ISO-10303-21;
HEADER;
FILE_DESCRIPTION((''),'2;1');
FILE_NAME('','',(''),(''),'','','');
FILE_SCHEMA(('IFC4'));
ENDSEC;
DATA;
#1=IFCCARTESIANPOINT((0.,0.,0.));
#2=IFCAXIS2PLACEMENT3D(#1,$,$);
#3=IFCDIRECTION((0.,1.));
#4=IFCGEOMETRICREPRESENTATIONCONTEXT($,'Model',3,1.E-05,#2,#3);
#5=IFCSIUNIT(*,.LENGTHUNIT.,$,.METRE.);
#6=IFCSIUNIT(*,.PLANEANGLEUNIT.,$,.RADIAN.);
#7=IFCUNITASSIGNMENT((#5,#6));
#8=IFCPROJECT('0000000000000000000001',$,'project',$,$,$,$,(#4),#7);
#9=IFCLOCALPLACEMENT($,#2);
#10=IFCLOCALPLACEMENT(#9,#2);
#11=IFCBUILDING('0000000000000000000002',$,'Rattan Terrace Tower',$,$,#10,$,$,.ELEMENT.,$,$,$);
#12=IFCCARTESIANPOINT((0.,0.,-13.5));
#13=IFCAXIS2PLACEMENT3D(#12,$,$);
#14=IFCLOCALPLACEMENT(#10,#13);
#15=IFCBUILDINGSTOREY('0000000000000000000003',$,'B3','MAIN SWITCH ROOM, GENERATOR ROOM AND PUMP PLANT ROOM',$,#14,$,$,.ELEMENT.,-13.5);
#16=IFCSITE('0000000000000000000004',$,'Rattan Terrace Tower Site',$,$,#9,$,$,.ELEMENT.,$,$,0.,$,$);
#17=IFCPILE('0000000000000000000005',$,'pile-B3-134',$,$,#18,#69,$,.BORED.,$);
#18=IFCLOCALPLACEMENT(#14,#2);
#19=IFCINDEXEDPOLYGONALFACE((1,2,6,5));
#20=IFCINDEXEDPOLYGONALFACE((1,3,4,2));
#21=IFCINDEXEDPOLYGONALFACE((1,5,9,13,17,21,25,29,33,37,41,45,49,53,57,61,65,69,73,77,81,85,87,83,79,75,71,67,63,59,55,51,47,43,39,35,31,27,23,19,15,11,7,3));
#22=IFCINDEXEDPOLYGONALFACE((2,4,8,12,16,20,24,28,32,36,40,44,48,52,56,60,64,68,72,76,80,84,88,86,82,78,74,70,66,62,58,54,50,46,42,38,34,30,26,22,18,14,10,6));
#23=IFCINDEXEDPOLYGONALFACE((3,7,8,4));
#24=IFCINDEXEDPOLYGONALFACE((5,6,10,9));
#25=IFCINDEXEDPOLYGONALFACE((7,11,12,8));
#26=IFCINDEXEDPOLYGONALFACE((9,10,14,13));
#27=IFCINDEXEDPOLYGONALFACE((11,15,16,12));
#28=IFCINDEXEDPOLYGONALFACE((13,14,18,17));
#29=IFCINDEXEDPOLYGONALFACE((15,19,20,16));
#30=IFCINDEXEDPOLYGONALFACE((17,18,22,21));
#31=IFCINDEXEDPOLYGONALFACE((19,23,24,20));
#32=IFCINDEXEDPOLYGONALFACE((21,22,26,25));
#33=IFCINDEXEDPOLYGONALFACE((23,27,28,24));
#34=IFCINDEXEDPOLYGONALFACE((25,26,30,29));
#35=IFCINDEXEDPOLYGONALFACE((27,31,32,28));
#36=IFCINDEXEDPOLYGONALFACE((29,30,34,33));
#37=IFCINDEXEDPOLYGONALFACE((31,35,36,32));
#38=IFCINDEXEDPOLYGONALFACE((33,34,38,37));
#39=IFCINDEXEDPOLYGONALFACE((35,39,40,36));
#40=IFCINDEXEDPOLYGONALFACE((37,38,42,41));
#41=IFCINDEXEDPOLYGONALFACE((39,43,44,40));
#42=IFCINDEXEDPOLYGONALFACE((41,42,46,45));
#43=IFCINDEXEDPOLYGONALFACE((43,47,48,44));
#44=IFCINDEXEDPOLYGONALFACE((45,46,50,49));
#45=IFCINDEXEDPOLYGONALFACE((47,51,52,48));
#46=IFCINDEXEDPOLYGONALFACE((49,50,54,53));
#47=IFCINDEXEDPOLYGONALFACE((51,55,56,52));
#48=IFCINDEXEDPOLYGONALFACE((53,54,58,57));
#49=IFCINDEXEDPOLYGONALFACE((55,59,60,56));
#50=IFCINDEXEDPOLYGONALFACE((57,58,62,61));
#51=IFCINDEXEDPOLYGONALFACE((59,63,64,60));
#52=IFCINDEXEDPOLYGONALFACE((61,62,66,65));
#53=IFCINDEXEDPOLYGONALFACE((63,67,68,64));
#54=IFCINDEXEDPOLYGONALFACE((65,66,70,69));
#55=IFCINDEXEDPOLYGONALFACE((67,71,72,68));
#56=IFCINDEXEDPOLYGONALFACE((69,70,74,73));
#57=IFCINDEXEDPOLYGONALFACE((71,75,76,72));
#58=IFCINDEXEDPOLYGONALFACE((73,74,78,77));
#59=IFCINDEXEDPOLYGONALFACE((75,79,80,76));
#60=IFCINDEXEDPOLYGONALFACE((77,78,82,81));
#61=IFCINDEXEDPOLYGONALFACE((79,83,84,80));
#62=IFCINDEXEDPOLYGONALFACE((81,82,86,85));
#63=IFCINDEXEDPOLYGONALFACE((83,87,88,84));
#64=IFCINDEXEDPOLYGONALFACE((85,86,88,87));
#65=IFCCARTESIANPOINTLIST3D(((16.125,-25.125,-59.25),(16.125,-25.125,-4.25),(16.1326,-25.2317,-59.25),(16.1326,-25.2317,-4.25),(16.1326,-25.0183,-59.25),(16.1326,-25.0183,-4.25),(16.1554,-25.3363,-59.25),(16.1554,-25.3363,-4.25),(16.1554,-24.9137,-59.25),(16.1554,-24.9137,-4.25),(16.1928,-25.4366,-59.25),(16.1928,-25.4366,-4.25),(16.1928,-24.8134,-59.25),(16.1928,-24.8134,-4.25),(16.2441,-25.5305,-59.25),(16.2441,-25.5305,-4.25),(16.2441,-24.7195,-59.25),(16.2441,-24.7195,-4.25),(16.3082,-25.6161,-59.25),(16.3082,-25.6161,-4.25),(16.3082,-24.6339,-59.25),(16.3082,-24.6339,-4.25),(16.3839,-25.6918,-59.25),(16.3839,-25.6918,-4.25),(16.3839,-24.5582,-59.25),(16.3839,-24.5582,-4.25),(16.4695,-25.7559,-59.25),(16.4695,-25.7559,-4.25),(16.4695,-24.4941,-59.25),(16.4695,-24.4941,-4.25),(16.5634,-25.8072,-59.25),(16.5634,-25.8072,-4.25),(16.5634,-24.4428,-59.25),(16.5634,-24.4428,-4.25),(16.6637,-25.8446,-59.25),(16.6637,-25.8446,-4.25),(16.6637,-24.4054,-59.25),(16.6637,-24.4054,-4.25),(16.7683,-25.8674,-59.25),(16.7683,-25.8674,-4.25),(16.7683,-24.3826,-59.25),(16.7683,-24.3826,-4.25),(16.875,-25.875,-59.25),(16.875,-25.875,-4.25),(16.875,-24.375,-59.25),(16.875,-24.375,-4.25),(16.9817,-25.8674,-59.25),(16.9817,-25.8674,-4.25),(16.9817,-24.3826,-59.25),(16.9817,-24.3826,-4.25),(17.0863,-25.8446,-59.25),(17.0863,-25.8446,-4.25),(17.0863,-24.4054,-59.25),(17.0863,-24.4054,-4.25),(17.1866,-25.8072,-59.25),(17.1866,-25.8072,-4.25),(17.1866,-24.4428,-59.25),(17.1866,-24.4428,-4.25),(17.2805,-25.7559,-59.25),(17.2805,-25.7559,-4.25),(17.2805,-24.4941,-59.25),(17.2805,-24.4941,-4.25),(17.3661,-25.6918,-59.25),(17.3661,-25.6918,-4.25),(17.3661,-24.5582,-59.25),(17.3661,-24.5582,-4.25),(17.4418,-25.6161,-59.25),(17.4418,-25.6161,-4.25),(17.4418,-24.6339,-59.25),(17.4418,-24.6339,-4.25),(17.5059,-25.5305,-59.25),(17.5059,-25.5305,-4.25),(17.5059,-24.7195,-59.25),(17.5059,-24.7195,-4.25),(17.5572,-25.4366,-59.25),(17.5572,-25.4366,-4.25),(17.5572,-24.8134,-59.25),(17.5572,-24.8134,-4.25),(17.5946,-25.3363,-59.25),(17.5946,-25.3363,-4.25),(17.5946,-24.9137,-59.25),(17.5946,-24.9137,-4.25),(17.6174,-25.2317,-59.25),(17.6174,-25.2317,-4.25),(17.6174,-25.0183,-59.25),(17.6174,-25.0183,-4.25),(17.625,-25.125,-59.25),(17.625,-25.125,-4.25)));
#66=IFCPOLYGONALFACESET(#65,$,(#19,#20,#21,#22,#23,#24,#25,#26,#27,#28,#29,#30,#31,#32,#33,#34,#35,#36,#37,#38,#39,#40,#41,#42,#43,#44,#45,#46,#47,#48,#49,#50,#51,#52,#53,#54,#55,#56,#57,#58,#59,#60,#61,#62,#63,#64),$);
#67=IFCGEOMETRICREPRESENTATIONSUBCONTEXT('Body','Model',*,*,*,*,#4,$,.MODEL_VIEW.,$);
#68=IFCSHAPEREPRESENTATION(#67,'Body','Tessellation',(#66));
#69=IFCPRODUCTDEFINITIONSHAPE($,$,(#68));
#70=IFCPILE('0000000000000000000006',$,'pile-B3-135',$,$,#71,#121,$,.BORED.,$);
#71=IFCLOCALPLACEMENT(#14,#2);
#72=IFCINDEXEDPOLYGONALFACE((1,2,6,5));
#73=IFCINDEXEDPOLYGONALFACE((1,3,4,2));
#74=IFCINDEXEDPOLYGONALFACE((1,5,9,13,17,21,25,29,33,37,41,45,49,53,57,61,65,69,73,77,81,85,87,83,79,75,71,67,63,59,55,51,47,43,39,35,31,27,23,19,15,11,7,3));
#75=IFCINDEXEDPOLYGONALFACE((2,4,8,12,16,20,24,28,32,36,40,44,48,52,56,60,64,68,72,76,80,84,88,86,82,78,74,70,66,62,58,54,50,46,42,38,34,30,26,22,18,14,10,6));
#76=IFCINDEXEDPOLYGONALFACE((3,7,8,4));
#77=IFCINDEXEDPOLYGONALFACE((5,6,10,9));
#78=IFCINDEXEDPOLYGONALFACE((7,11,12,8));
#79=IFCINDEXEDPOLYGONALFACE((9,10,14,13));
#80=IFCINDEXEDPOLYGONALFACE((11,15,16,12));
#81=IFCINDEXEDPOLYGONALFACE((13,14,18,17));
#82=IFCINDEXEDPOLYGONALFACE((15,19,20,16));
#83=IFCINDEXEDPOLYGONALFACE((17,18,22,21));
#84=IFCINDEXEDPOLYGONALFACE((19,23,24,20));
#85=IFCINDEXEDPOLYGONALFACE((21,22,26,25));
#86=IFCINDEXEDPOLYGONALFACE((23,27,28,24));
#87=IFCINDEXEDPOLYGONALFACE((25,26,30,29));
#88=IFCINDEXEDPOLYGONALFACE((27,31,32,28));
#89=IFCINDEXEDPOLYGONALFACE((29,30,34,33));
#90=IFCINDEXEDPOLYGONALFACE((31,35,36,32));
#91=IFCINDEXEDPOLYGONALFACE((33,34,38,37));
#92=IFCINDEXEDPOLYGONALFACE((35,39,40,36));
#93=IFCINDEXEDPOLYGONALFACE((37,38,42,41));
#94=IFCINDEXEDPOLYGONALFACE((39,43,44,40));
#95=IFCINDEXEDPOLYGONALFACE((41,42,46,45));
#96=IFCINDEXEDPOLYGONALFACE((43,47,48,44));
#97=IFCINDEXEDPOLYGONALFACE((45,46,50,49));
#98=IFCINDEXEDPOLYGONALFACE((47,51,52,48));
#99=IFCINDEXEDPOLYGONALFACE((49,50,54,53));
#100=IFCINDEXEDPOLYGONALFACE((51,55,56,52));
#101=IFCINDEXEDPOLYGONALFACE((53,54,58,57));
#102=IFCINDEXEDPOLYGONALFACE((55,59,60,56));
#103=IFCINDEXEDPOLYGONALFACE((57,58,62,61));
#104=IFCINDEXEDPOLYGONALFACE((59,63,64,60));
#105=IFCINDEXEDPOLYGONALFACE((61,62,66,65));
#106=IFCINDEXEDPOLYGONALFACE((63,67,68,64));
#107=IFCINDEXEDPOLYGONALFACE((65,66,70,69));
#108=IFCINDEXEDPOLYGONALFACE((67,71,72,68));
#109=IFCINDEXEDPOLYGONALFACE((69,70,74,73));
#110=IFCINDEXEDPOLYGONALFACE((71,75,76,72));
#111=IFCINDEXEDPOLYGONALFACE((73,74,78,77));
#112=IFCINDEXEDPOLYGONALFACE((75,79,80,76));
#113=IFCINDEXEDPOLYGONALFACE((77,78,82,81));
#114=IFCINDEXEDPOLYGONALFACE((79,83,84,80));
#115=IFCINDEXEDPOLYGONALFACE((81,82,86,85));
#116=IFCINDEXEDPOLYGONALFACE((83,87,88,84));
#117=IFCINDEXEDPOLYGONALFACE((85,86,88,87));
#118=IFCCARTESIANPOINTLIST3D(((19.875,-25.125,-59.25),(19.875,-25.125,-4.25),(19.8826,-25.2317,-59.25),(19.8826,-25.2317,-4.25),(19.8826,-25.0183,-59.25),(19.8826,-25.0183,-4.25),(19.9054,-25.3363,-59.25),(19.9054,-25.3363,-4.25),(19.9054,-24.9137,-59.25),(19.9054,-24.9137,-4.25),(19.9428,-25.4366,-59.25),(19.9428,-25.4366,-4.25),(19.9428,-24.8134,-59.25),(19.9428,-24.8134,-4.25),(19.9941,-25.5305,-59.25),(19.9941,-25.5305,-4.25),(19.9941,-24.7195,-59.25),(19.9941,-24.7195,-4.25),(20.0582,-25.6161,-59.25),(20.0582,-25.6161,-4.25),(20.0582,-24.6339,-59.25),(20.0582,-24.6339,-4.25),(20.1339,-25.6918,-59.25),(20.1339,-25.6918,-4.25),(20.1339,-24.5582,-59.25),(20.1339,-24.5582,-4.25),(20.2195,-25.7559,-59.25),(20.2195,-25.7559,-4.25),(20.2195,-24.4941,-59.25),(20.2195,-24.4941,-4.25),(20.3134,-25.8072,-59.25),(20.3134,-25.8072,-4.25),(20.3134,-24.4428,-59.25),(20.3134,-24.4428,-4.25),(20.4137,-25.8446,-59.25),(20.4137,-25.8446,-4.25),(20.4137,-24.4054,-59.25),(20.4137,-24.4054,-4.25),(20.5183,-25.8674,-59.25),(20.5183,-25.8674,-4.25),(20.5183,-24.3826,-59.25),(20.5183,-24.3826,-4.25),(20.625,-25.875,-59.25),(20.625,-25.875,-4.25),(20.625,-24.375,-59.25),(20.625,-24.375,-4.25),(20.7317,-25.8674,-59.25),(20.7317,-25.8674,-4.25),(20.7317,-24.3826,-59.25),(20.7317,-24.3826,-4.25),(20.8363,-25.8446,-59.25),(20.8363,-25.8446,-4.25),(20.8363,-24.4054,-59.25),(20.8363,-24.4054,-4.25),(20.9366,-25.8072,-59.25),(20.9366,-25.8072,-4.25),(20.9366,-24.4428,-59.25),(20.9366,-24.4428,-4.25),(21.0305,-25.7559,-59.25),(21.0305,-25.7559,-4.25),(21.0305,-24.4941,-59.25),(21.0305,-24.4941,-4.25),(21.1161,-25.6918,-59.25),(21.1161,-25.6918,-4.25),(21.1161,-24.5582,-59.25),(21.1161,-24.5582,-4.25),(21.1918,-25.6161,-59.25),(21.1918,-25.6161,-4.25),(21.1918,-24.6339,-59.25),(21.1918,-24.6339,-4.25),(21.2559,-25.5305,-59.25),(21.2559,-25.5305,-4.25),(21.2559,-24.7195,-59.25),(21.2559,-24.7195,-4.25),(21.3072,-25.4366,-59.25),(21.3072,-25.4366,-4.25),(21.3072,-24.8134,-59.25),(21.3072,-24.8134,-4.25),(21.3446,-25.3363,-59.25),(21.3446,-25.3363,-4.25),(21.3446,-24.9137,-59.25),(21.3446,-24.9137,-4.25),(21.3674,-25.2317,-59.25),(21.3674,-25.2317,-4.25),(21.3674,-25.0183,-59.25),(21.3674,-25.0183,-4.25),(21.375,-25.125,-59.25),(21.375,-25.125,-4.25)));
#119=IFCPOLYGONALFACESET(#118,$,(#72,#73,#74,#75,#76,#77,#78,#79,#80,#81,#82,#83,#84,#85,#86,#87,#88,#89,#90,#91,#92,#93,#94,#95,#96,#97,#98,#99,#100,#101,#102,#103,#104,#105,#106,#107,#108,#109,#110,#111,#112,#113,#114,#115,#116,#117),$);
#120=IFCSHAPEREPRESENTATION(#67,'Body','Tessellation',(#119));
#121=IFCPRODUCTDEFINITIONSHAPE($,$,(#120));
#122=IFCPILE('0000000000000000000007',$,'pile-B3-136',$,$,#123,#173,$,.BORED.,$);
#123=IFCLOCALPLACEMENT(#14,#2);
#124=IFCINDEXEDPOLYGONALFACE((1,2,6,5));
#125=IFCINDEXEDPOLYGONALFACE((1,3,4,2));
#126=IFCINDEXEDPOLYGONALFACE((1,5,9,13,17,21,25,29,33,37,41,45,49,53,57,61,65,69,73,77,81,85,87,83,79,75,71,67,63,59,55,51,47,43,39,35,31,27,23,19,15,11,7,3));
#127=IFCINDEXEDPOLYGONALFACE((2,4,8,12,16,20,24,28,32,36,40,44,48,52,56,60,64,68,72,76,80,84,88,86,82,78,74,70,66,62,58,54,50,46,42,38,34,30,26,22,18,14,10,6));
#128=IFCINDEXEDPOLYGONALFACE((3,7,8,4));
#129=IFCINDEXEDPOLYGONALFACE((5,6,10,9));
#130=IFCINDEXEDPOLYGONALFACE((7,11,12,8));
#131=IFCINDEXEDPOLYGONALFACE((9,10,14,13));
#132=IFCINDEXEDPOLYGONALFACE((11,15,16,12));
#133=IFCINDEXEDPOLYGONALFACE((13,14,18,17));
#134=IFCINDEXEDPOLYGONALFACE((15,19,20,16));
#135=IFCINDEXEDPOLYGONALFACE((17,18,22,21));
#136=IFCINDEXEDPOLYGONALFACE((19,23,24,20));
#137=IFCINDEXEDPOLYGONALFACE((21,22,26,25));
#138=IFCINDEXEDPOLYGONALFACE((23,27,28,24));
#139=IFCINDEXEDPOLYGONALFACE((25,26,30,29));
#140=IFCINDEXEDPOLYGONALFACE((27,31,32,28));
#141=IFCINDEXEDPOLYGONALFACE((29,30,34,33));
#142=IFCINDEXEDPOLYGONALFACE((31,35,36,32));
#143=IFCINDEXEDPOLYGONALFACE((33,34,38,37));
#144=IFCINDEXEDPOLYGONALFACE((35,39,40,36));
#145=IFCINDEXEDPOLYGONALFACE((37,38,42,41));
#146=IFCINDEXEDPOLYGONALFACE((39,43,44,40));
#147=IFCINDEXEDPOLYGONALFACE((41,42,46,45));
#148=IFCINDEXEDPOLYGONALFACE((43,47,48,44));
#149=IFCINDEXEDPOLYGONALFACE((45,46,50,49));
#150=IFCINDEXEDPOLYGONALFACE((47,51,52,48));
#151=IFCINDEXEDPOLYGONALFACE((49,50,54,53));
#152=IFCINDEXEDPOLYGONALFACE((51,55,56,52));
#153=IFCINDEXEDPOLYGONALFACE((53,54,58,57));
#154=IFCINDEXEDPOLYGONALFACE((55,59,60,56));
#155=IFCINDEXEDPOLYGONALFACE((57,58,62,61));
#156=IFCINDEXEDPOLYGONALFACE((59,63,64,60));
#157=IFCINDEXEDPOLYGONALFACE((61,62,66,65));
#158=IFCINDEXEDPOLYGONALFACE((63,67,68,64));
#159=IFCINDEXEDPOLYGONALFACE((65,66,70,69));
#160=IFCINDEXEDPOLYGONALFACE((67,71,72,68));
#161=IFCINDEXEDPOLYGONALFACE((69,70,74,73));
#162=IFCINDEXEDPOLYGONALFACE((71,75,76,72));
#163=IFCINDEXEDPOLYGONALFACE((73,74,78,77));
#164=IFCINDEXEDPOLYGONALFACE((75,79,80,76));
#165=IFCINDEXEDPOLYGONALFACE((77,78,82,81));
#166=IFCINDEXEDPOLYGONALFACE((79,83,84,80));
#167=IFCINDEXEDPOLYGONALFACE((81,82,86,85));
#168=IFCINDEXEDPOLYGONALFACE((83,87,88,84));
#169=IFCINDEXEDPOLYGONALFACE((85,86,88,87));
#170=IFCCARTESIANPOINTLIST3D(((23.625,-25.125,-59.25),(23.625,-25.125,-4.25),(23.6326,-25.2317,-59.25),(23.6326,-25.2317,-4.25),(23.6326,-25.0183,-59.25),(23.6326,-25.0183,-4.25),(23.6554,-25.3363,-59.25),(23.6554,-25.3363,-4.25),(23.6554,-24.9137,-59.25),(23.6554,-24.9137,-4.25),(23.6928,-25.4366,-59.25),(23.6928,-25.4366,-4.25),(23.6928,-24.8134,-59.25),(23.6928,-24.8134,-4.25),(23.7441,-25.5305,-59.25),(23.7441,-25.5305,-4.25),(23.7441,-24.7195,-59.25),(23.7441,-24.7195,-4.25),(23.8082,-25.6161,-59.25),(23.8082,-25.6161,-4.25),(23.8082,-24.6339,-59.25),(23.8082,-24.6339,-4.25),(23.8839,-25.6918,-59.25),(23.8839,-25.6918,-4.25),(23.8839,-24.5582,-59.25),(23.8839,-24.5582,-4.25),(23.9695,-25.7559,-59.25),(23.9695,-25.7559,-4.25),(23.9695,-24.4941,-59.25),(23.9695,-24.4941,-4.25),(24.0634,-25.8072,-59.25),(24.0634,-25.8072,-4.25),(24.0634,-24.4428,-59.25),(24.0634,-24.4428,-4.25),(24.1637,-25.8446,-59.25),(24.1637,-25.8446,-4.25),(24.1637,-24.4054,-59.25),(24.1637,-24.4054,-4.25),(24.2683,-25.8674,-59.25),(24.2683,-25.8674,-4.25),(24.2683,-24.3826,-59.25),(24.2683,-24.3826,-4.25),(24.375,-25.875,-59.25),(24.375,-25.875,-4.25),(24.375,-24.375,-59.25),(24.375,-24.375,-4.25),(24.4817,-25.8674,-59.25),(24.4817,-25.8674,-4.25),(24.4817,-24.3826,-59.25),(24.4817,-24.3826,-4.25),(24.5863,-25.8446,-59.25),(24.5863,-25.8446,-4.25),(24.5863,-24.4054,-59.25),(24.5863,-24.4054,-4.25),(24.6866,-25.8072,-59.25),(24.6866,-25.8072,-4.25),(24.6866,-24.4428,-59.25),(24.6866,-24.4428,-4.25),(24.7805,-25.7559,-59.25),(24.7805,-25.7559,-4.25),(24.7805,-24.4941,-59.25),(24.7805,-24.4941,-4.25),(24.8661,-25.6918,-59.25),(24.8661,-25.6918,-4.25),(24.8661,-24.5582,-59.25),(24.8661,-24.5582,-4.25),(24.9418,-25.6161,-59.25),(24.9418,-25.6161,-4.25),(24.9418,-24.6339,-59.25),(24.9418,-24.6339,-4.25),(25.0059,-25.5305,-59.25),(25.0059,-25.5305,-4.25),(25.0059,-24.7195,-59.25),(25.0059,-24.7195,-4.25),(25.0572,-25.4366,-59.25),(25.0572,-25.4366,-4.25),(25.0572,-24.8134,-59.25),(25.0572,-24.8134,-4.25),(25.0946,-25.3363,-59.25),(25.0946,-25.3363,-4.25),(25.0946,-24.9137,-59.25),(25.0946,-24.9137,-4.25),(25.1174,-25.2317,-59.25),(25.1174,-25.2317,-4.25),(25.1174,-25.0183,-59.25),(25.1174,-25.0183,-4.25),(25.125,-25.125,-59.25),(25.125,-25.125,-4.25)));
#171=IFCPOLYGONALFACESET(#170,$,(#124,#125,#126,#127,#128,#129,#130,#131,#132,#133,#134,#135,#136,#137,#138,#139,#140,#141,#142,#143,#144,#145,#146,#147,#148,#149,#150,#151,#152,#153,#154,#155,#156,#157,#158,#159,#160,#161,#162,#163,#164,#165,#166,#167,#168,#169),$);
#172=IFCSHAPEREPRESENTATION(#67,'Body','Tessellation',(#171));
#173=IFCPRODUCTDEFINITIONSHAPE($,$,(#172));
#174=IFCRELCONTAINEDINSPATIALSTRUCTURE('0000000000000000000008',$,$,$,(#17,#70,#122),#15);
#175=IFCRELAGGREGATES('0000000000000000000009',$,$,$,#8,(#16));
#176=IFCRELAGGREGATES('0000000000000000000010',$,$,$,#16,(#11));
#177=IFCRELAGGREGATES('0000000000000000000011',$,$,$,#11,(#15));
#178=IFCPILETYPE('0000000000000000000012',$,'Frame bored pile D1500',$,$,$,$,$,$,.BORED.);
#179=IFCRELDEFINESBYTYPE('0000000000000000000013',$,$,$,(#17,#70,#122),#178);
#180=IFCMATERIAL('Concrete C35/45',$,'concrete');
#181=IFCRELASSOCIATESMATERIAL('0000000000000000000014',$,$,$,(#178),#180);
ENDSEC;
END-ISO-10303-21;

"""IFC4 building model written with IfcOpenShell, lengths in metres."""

from ifc_helpers import new_model, si_unit, direction, frame, origin, origin_2d, place, context, subcontext, project, spatial, circle, extrude, material, material_profile, profile_set, type_object, element, save


model = new_model("IFC4")

# Units and contexts
model_context = context("Model", 3, precision=1e-05, world=origin(), true_north=direction((0.0, 1.0)))
body_context = subcontext(model_context, "Body", "Model", "MODEL_VIEW")
ifc_project = project(units=[si_unit("LENGTHUNIT", "METRE"), si_unit("PLANEANGLEUNIT", "RADIAN")], contexts=[model_context])

# Site, building, storey
site_placement = place(None, origin())
site = spatial("IfcSite", under=ifc_project, at=site_placement, Name="Rattan Terrace Tower Site", CompositionType="ELEMENT", RefElevation=0.0)
building_placement = place(site_placement, origin())
building = spatial("IfcBuilding", under=site, at=building_placement, Name="Rattan Terrace Tower", CompositionType="ELEMENT")
storey_placement = place(building_placement, frame((0.0, 0.0, -13.5)))
storey = spatial("IfcBuildingStorey", under=building, at=storey_placement, Name="B3", Description="MAIN SWITCH ROOM, GENERATOR ROOM AND PUMP PLANT ROOM", CompositionType="ELEMENT", Elevation=-13.5)

# Piles
ifc_material_1 = material(Name="Concrete C35/45", Category="concrete")
ifc_material_profile_1 = material_profile(ifc_material_1, circle(Radius=0.75, at=origin_2d()), Name="PILE D1500")
ifc_profile_set_1 = profile_set([ifc_material_profile_1], Name="Concrete C35/45")
pile_type = type_object("IfcPileType", Name="Frame bored pile D1500", PredefinedType="BORED", material=ifc_profile_set_1)
for number, where, z_axis, x_axis, name in (
    (1, (16.875, -25.125, -4.25), (0.0, 0.0, -1.0), (1.0, 0.0, 0.0), "pile-B3-134"),
    (2, (20.625, -25.125, -4.25), (0.0, 0.0, -1.0), (1.0, 0.0, 0.0), "pile-B3-135"),
    (3, (24.375, -25.125, -4.25), (0.0, 0.0, -1.0), (1.0, 0.0, 0.0), "pile-B3-136"),
):
    element("IfcPile", number, at=place(storey_placement, frame(where, z_axis=z_axis, x_axis=x_axis)), inside=storey, type_object=pile_type, Name=name, PredefinedType="BORED", context=body_context, shape_type="SweptSolid", body=[
        extrude(circle(Radius=0.75, at=origin_2d()), origin(), (0.0, 0.0, 1.0), 55.0),
    ])

save(model, "model.ifc")
